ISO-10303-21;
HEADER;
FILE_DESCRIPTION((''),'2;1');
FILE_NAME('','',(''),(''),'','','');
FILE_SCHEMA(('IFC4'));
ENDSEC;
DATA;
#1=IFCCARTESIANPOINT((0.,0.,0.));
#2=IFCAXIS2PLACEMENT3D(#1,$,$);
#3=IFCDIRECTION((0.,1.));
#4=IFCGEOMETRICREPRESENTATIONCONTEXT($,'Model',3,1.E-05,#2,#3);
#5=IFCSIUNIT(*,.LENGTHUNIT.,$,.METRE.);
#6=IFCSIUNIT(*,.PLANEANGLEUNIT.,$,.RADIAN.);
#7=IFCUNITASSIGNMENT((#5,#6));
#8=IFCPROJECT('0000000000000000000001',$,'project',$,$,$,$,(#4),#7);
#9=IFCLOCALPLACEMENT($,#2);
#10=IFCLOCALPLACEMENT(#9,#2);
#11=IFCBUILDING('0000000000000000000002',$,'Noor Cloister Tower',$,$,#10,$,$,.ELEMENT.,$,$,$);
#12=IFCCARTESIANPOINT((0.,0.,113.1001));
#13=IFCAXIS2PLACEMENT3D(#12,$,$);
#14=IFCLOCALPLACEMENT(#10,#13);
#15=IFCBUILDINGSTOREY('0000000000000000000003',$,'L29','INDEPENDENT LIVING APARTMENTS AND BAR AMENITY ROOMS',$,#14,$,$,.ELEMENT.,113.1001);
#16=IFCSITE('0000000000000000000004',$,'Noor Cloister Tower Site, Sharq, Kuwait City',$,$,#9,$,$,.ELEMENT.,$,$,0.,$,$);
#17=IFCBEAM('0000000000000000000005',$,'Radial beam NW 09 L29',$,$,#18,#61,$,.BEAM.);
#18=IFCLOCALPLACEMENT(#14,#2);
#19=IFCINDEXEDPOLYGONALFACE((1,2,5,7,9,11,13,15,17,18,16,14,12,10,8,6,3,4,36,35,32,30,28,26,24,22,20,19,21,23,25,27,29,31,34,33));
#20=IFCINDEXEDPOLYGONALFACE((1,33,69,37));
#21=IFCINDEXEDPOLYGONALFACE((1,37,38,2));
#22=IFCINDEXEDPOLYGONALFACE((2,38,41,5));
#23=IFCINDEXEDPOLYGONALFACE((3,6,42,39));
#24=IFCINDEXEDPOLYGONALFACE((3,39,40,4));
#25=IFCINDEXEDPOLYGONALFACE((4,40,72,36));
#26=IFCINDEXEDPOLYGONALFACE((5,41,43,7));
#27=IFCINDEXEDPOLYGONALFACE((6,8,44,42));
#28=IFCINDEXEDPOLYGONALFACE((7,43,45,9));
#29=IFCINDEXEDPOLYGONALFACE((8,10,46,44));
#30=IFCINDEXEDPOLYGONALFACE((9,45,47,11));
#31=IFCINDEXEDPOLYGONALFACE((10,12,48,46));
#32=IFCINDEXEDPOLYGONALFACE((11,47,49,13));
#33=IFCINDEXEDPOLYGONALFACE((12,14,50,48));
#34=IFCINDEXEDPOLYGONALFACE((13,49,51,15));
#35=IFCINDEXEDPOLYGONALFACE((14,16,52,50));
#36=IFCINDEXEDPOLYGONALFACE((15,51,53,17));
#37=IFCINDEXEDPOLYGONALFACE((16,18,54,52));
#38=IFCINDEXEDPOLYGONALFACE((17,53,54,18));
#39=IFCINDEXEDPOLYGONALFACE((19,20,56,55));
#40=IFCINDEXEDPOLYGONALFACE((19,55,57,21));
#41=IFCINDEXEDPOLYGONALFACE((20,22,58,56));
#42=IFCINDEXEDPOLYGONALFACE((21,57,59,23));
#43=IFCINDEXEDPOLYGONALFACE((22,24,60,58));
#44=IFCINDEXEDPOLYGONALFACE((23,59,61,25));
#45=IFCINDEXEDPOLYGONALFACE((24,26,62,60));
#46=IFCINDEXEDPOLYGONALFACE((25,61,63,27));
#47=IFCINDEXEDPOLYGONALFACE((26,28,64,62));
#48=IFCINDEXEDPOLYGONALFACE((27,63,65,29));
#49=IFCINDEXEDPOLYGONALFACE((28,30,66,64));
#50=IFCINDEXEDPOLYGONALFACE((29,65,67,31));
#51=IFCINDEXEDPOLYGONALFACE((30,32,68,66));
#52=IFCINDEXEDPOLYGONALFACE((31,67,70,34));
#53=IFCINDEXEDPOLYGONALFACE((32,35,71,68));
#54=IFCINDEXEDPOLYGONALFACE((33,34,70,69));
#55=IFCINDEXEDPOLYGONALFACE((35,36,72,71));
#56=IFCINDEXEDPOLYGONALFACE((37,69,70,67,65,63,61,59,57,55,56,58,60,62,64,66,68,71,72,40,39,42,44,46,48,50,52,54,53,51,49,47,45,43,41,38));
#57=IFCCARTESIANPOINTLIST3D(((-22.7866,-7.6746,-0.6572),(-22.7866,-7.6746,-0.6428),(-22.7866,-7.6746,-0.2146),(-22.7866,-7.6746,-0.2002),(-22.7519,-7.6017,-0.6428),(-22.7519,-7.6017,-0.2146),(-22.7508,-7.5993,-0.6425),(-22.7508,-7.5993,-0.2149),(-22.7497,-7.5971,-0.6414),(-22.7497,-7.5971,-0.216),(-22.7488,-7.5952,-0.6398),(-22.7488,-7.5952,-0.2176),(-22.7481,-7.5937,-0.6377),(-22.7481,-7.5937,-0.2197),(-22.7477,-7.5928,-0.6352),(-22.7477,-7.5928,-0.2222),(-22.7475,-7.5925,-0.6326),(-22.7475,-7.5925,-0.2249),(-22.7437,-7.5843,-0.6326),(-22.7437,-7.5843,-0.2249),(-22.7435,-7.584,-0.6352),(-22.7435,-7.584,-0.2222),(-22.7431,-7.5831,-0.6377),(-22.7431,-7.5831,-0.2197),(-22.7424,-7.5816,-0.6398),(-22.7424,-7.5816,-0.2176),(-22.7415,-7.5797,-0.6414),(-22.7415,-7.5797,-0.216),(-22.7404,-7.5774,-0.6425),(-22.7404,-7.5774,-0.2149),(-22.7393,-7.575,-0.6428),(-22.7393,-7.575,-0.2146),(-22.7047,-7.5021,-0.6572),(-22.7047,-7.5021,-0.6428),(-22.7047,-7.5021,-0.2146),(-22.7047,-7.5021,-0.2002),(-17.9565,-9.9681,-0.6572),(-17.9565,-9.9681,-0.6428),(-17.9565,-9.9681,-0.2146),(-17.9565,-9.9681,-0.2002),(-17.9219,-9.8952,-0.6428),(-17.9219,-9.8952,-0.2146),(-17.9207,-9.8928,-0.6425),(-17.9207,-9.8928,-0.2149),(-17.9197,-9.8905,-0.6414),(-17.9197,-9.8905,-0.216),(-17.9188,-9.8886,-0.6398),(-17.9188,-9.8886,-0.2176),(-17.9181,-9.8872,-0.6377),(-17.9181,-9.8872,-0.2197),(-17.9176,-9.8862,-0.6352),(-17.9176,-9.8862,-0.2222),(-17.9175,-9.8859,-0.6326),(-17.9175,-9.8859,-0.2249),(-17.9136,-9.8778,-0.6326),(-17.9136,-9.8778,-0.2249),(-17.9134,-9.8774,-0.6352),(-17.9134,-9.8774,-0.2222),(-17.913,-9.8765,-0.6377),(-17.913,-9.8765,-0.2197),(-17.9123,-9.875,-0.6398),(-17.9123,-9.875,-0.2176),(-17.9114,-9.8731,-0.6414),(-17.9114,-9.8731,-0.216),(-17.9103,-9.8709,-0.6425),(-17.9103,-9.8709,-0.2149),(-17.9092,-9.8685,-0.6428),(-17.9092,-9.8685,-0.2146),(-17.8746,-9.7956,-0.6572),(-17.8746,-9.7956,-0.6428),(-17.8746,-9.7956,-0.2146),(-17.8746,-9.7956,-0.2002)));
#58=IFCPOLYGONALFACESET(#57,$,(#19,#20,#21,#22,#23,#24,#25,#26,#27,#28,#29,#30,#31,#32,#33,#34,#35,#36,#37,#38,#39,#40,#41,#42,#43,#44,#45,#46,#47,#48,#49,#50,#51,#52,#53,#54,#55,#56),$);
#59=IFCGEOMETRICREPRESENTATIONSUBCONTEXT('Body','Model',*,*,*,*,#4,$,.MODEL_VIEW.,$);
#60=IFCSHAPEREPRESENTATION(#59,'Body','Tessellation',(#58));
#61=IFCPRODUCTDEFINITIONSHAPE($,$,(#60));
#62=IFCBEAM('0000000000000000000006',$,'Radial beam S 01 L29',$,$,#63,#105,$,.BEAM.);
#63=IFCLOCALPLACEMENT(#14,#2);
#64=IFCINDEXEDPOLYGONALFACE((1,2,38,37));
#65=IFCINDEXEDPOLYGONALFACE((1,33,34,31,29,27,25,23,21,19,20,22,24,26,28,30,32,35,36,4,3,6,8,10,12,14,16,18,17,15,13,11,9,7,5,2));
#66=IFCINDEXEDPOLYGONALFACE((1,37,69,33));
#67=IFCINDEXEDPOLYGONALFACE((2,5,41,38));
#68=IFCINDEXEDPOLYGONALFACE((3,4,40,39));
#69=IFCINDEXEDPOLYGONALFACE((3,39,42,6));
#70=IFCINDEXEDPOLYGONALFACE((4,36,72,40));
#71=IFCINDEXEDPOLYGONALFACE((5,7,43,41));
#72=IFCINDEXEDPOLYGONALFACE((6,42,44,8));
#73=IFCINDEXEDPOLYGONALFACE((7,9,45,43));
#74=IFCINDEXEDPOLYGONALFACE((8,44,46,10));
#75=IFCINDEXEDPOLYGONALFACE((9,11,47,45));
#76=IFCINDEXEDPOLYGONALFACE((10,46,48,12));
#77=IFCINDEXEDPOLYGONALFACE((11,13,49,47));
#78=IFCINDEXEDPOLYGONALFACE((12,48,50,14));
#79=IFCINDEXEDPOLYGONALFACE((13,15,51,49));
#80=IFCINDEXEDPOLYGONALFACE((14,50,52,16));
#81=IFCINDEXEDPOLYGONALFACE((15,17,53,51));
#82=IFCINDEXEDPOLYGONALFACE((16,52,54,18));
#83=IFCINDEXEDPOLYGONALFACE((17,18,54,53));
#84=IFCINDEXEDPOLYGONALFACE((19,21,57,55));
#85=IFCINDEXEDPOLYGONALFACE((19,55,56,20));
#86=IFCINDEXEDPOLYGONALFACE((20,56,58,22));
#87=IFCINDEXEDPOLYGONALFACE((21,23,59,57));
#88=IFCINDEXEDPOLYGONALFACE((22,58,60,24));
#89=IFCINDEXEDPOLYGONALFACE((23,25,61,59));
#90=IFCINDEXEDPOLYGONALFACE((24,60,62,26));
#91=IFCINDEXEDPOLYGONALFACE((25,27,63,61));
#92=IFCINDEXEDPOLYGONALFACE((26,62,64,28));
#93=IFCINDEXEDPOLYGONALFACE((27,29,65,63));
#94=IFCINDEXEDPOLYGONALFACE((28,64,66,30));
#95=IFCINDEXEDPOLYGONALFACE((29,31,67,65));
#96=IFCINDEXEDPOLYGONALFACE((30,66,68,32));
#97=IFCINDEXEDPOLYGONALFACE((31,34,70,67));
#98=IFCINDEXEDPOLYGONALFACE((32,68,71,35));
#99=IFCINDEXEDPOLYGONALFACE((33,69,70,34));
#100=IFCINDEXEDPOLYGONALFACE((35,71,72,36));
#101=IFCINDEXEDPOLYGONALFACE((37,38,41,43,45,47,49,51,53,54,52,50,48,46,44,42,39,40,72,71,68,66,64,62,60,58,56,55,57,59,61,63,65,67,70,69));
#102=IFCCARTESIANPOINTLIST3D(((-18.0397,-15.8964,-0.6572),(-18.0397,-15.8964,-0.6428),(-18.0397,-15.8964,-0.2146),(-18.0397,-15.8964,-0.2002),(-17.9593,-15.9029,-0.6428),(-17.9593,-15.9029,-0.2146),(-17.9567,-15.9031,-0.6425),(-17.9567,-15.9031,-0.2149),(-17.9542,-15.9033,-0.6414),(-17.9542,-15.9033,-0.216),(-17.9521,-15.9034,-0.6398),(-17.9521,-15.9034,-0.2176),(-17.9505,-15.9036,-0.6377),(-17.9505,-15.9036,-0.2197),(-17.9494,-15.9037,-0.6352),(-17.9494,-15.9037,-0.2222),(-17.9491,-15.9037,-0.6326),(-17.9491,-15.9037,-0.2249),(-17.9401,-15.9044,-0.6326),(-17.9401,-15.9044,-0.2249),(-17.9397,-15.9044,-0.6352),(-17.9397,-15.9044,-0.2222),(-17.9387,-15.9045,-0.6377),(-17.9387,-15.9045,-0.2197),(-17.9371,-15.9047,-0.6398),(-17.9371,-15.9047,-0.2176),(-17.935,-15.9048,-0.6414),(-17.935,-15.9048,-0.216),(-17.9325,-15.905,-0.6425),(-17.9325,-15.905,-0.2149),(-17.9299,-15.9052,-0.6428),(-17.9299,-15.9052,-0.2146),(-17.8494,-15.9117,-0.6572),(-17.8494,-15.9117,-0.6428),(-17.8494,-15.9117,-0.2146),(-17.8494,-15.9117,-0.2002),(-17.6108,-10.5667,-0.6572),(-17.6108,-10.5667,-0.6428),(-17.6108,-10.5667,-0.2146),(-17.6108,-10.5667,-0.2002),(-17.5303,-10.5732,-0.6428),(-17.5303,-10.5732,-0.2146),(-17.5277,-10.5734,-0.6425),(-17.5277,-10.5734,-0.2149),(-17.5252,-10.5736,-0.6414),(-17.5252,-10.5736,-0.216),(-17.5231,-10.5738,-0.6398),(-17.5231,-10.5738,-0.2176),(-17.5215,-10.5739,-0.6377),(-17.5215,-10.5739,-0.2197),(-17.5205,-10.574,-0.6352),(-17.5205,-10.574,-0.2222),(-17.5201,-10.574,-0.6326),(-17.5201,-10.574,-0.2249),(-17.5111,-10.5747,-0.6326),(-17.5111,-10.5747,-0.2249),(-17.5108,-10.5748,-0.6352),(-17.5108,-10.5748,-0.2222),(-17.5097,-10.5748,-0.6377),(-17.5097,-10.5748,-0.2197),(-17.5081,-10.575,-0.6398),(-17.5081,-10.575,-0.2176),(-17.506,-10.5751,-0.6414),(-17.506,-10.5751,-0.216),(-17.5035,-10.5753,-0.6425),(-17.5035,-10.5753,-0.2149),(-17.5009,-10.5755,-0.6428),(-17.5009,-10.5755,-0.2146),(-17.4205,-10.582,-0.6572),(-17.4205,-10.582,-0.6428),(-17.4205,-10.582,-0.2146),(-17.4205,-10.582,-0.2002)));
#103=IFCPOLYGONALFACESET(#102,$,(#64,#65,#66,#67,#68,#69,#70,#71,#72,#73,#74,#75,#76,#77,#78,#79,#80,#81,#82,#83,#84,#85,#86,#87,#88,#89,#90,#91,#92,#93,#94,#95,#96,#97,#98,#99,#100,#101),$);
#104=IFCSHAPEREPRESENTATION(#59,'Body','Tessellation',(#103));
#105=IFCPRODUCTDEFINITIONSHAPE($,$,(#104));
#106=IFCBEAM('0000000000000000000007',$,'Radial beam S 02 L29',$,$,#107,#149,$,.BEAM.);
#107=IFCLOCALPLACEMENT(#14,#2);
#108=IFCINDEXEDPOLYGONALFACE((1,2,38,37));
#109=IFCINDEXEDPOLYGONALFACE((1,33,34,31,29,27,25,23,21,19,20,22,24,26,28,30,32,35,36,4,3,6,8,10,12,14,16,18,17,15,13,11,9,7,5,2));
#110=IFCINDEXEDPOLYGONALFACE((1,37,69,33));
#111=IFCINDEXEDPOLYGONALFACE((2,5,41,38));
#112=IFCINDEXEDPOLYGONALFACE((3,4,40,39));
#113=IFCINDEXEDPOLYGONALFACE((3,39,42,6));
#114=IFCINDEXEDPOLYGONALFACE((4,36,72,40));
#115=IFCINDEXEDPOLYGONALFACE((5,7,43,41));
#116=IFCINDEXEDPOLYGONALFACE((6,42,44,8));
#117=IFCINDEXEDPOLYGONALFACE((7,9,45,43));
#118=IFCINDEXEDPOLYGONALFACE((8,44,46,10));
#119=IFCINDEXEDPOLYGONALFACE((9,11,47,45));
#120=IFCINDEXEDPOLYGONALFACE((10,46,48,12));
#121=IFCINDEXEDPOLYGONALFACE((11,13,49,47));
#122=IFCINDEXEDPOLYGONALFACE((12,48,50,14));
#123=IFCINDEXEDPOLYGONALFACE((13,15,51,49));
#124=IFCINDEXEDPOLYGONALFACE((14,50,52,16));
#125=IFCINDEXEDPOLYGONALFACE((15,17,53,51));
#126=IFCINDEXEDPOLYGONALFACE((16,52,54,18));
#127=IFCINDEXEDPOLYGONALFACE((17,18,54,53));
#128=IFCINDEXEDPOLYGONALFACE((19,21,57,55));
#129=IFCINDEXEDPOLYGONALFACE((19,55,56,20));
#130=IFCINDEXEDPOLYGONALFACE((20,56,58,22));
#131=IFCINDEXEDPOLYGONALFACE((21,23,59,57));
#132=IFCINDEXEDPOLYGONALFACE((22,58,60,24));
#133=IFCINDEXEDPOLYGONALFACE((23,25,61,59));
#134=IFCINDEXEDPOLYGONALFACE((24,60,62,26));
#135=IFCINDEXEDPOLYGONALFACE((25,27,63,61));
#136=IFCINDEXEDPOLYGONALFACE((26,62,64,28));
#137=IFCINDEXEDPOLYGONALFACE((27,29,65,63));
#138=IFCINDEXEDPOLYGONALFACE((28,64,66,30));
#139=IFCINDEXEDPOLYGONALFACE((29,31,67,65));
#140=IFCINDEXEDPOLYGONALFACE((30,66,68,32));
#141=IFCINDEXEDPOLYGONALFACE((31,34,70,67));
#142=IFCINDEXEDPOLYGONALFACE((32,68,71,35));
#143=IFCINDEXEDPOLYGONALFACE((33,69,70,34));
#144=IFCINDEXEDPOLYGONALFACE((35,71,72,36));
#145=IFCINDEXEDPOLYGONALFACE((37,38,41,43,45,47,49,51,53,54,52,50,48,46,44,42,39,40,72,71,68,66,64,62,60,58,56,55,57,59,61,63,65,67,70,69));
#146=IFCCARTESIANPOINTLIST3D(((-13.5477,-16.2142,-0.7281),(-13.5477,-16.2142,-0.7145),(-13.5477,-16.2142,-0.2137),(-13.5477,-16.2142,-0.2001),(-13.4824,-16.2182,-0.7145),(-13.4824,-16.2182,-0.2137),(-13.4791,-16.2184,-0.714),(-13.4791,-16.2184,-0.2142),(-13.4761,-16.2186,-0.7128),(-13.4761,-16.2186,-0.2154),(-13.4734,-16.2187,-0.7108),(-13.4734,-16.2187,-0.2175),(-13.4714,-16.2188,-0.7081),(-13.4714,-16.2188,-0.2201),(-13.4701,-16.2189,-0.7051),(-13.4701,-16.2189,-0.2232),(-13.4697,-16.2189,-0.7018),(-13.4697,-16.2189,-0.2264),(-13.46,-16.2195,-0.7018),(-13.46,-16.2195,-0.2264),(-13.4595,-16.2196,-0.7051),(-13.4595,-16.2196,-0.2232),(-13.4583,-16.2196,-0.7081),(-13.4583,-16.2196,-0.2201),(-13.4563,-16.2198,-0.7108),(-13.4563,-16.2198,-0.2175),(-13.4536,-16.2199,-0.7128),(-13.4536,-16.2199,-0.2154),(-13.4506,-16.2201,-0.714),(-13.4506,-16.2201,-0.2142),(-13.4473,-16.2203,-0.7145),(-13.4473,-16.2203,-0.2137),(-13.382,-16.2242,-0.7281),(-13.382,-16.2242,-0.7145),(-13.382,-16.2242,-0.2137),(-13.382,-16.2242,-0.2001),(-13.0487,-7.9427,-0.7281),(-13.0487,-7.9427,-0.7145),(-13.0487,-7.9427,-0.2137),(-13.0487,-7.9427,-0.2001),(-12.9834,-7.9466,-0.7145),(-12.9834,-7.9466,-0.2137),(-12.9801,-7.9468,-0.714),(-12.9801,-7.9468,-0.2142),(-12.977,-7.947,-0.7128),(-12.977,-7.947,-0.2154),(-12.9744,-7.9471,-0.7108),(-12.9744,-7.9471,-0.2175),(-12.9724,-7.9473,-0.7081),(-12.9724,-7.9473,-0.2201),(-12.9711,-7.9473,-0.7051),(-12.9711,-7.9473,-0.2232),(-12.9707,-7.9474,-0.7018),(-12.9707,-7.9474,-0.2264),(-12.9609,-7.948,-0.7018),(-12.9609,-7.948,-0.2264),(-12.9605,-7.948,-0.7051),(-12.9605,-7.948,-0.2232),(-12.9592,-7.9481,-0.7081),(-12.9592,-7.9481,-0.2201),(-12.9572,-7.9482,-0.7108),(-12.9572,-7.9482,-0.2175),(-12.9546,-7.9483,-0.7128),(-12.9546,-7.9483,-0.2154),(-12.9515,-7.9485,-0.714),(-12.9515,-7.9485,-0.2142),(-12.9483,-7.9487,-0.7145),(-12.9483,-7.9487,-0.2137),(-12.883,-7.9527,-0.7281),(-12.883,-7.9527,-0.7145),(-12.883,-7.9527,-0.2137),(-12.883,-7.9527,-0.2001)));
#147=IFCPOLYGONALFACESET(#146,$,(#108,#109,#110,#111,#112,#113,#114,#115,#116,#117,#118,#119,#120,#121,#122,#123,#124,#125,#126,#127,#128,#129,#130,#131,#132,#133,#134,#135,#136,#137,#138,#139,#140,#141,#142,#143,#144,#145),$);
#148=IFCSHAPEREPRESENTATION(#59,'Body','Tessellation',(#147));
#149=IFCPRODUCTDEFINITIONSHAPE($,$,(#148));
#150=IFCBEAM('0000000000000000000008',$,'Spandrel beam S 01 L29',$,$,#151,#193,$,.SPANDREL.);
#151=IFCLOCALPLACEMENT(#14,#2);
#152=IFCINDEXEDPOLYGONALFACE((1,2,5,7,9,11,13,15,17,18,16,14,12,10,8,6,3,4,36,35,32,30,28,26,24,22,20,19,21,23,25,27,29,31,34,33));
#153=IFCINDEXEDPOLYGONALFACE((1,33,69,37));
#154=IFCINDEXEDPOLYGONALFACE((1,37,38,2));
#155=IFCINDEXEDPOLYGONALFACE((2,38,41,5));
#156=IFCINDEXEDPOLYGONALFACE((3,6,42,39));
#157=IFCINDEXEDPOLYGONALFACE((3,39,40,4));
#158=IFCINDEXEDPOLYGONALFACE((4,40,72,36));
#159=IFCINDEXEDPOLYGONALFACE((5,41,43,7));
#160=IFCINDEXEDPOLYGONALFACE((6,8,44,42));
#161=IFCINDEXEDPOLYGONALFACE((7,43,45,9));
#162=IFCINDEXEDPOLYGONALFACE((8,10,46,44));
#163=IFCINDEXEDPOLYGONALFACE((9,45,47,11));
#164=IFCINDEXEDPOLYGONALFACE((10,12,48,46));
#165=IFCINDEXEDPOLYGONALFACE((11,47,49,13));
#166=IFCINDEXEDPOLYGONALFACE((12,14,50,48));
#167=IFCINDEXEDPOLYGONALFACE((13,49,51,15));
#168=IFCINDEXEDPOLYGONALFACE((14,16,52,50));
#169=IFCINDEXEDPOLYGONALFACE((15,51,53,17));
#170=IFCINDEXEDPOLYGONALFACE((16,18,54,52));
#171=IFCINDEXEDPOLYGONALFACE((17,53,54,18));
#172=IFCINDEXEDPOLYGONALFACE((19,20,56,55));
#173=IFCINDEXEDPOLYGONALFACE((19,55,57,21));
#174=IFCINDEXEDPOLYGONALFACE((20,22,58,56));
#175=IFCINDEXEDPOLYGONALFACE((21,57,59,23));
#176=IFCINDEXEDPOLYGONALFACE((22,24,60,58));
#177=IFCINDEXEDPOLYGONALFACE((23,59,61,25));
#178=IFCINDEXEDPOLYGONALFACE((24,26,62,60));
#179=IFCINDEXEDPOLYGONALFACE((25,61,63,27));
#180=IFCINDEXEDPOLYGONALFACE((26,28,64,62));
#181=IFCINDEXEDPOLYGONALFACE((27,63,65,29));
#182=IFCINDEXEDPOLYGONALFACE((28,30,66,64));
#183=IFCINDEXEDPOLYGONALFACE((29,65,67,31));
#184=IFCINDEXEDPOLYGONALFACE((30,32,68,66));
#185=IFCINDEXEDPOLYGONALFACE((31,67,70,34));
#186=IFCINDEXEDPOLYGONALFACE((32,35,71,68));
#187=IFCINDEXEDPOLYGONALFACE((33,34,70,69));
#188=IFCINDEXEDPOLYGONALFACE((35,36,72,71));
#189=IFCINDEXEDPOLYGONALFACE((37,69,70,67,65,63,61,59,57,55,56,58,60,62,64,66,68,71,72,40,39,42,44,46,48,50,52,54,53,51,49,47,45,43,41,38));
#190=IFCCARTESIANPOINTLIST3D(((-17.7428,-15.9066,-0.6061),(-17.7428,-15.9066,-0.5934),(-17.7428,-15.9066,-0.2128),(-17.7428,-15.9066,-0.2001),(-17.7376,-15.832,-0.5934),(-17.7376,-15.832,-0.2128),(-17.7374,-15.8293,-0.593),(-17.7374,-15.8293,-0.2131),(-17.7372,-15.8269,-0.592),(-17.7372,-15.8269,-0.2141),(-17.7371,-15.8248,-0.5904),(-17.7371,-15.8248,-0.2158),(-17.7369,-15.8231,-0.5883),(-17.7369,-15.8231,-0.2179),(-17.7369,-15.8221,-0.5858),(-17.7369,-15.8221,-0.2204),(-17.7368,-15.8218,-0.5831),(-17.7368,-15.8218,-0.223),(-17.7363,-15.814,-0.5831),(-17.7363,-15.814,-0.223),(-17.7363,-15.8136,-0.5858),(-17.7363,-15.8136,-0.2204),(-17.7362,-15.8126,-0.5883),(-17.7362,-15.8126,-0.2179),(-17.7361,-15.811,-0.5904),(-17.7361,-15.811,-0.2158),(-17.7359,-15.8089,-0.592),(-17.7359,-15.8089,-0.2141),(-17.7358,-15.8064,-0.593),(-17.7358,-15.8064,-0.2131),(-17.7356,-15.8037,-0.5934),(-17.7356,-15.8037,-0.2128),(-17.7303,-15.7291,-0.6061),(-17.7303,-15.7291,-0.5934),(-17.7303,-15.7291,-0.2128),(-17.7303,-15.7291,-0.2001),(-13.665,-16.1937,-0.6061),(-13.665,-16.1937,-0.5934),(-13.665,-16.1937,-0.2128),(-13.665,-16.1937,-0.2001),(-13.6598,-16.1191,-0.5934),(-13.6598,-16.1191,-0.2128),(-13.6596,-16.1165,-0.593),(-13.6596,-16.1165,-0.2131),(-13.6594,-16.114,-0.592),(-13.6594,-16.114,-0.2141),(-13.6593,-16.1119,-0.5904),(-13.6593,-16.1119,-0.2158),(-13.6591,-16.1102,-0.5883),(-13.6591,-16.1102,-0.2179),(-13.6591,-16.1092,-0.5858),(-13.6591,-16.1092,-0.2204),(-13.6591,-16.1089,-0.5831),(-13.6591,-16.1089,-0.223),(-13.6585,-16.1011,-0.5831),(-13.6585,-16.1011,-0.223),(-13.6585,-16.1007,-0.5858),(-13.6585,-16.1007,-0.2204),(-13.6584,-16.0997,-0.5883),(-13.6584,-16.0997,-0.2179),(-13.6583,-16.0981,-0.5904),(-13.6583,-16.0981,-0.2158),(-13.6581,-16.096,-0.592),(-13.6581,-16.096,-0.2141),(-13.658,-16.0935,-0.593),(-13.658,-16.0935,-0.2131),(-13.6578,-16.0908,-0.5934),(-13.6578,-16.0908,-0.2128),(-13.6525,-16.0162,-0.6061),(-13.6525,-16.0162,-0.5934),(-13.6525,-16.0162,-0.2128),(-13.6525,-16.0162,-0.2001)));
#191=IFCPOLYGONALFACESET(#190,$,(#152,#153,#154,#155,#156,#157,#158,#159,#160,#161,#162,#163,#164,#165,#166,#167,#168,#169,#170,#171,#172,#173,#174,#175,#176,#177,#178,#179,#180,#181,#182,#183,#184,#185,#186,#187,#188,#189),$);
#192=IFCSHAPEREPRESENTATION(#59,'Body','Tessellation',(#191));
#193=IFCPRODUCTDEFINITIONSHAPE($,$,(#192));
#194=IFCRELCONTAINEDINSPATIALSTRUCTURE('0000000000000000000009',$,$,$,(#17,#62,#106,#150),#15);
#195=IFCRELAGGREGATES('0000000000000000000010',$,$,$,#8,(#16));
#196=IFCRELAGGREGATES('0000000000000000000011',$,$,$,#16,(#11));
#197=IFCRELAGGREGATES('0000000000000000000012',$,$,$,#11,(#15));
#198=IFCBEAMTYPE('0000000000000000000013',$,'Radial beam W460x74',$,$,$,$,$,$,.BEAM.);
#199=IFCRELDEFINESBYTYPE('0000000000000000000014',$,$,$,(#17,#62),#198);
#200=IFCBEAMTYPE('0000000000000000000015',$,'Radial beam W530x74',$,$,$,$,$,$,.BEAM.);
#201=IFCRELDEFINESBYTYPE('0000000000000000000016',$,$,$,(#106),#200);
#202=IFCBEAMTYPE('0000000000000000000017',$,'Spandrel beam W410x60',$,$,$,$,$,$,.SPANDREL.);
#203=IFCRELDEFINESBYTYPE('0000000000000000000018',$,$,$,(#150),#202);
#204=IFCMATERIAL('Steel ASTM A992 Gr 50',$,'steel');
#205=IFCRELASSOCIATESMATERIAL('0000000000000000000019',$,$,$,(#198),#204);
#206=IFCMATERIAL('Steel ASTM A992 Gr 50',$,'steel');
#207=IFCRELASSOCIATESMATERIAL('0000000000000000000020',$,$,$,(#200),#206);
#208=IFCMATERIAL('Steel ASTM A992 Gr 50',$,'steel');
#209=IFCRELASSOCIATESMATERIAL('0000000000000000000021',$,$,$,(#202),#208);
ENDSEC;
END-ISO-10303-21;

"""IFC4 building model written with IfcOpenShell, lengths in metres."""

from ifc_helpers import new_model, si_unit, direction, frame, origin, origin_2d, place, context, subcontext, project, spatial, i_section, extrude, material, material_profile, profile_set, type_object, element, save


model = new_model("IFC4")

# Units and contexts
model_context = context("Model", 3, precision=1e-05, world=origin(), true_north=direction((0.0, 1.0)))
body_context = subcontext(model_context, "Body", "Model", "MODEL_VIEW")
ifc_project = project(units=[si_unit("LENGTHUNIT", "METRE"), si_unit("PLANEANGLEUNIT", "RADIAN")], contexts=[model_context])

# Site, building, storey
site_placement = place(None, origin())
site = spatial("IfcSite", under=ifc_project, at=site_placement, Name="Noor Cloister Tower Site, Sharq, Kuwait City", CompositionType="ELEMENT", RefElevation=0.0)
building_placement = place(site_placement, origin())
building = spatial("IfcBuilding", under=site, at=building_placement, Name="Noor Cloister Tower", CompositionType="ELEMENT")
storey_placement = place(building_placement, frame((0.0, 0.0, 113.1001)))
storey = spatial("IfcBuildingStorey", under=building, at=storey_placement, Name="L29", Description="INDEPENDENT LIVING APARTMENTS AND BAR AMENITY ROOMS", CompositionType="ELEMENT", Elevation=113.1001)

# Beams
ifc_material_1 = material(Name="Steel ASTM A992 Gr 50", Category="steel")
ifc_material_profile_1 = material_profile(ifc_material_1, i_section(OverallWidth=0.1909, OverallDepth=0.457, WebThickness=0.009, FlangeThickness=0.0144, FilletRadius=0.0103, at=origin_2d()), Name="W460x74")
ifc_profile_set_1 = profile_set([ifc_material_profile_1], Name="Steel ASTM A992 Gr 50")
beam_type_1 = type_object("IfcBeamType", Name="Radial beam W460x74", PredefinedType="BEAM", material=ifc_profile_set_1)
for number, where, z_axis, x_axis, name in (
    (1, (-22.7456, -7.5884, -0.4287), (0.903338, -0.42893, 0.0), (0.42893, 0.903338, 0.0), "Radial beam NW 09 L29"),
    (2, (-17.9446, -15.9041, -0.4287), (0.080226, 0.996777, 0.0), (-0.996777, 0.080226, 0.0), "Radial beam S 01 L29"),
):
    element("IfcBeam", number, at=place(storey_placement, frame(where, z_axis=z_axis, x_axis=x_axis)), inside=storey, type_object=beam_type_1, Name=name, PredefinedType="BEAM", context=body_context, shape_type="SweptSolid", body=[
        extrude(i_section(OverallWidth=0.1909, OverallDepth=0.457, WebThickness=0.009, FlangeThickness=0.0144, FilletRadius=0.0103, at=origin_2d()), origin(), (0.0, 0.0, 1.0), 5.3469),
    ])
ifc_material_2 = material(Name="Steel ASTM A992 Gr 50", Category="steel")
ifc_material_profile_2 = material_profile(ifc_material_2, i_section(OverallWidth=0.166, OverallDepth=0.5281, WebThickness=0.0098, FlangeThickness=0.0137, FilletRadius=0.0127, at=origin_2d()), Name="W530x74")
ifc_profile_set_2 = profile_set([ifc_material_profile_2], Name="Steel ASTM A992 Gr 50")
beam_type_2 = type_object("IfcBeamType", Name="Radial beam W530x74", PredefinedType="BEAM", material=ifc_profile_set_2)
beam_placement = place(storey_placement, frame((-13.4648, -16.2192, -0.4641), z_axis=(0.060221, 0.998185, 0.0), x_axis=(-0.998185, 0.060221, 0.0)))
element("IfcBeam", 3, at=beam_placement, inside=storey, type_object=beam_type_2, Name="Radial beam S 02 L29", PredefinedType="BEAM", context=body_context, shape_type="SweptSolid", body=[
    extrude(i_section(OverallWidth=0.166, OverallDepth=0.5281, WebThickness=0.0098, FlangeThickness=0.0137, FilletRadius=0.0127, at=origin_2d()), origin(), (0.0, 0.0, 1.0), 8.2866),
])
ifc_material_3 = material(Name="Steel ASTM A992 Gr 50", Category="steel")
ifc_material_profile_3 = material_profile(ifc_material_3, i_section(OverallWidth=0.178, OverallDepth=0.406, WebThickness=0.0078, FlangeThickness=0.0127, FilletRadius=0.0103, at=origin_2d()), Name="W410x60")
ifc_profile_set_3 = profile_set([ifc_material_profile_3], Name="Steel ASTM A992 Gr 50")
beam_type_3 = type_object("IfcBeamType", Name="Spandrel beam W410x60", PredefinedType="SPANDREL", material=ifc_profile_set_3)
for number, where, z_axis, x_axis, name in (
    (4, (-17.7366, -15.8179, -0.4031), (0.997531, -0.070233, 0.0), (0.070233, 0.997531, 0.0), "Spandrel beam S 01 L29"),
):
    element("IfcBeam", number, at=place(storey_placement, frame(where, z_axis=z_axis, x_axis=x_axis)), inside=storey, type_object=beam_type_3, Name=name, PredefinedType="SPANDREL", context=body_context, shape_type="SweptSolid", body=[
        extrude(i_section(OverallWidth=0.178, OverallDepth=0.406, WebThickness=0.0078, FlangeThickness=0.0127, FilletRadius=0.0103, at=origin_2d()), origin(), (0.0, 0.0, 1.0), 4.0879),
    ])

save(model, "model.ifc")
